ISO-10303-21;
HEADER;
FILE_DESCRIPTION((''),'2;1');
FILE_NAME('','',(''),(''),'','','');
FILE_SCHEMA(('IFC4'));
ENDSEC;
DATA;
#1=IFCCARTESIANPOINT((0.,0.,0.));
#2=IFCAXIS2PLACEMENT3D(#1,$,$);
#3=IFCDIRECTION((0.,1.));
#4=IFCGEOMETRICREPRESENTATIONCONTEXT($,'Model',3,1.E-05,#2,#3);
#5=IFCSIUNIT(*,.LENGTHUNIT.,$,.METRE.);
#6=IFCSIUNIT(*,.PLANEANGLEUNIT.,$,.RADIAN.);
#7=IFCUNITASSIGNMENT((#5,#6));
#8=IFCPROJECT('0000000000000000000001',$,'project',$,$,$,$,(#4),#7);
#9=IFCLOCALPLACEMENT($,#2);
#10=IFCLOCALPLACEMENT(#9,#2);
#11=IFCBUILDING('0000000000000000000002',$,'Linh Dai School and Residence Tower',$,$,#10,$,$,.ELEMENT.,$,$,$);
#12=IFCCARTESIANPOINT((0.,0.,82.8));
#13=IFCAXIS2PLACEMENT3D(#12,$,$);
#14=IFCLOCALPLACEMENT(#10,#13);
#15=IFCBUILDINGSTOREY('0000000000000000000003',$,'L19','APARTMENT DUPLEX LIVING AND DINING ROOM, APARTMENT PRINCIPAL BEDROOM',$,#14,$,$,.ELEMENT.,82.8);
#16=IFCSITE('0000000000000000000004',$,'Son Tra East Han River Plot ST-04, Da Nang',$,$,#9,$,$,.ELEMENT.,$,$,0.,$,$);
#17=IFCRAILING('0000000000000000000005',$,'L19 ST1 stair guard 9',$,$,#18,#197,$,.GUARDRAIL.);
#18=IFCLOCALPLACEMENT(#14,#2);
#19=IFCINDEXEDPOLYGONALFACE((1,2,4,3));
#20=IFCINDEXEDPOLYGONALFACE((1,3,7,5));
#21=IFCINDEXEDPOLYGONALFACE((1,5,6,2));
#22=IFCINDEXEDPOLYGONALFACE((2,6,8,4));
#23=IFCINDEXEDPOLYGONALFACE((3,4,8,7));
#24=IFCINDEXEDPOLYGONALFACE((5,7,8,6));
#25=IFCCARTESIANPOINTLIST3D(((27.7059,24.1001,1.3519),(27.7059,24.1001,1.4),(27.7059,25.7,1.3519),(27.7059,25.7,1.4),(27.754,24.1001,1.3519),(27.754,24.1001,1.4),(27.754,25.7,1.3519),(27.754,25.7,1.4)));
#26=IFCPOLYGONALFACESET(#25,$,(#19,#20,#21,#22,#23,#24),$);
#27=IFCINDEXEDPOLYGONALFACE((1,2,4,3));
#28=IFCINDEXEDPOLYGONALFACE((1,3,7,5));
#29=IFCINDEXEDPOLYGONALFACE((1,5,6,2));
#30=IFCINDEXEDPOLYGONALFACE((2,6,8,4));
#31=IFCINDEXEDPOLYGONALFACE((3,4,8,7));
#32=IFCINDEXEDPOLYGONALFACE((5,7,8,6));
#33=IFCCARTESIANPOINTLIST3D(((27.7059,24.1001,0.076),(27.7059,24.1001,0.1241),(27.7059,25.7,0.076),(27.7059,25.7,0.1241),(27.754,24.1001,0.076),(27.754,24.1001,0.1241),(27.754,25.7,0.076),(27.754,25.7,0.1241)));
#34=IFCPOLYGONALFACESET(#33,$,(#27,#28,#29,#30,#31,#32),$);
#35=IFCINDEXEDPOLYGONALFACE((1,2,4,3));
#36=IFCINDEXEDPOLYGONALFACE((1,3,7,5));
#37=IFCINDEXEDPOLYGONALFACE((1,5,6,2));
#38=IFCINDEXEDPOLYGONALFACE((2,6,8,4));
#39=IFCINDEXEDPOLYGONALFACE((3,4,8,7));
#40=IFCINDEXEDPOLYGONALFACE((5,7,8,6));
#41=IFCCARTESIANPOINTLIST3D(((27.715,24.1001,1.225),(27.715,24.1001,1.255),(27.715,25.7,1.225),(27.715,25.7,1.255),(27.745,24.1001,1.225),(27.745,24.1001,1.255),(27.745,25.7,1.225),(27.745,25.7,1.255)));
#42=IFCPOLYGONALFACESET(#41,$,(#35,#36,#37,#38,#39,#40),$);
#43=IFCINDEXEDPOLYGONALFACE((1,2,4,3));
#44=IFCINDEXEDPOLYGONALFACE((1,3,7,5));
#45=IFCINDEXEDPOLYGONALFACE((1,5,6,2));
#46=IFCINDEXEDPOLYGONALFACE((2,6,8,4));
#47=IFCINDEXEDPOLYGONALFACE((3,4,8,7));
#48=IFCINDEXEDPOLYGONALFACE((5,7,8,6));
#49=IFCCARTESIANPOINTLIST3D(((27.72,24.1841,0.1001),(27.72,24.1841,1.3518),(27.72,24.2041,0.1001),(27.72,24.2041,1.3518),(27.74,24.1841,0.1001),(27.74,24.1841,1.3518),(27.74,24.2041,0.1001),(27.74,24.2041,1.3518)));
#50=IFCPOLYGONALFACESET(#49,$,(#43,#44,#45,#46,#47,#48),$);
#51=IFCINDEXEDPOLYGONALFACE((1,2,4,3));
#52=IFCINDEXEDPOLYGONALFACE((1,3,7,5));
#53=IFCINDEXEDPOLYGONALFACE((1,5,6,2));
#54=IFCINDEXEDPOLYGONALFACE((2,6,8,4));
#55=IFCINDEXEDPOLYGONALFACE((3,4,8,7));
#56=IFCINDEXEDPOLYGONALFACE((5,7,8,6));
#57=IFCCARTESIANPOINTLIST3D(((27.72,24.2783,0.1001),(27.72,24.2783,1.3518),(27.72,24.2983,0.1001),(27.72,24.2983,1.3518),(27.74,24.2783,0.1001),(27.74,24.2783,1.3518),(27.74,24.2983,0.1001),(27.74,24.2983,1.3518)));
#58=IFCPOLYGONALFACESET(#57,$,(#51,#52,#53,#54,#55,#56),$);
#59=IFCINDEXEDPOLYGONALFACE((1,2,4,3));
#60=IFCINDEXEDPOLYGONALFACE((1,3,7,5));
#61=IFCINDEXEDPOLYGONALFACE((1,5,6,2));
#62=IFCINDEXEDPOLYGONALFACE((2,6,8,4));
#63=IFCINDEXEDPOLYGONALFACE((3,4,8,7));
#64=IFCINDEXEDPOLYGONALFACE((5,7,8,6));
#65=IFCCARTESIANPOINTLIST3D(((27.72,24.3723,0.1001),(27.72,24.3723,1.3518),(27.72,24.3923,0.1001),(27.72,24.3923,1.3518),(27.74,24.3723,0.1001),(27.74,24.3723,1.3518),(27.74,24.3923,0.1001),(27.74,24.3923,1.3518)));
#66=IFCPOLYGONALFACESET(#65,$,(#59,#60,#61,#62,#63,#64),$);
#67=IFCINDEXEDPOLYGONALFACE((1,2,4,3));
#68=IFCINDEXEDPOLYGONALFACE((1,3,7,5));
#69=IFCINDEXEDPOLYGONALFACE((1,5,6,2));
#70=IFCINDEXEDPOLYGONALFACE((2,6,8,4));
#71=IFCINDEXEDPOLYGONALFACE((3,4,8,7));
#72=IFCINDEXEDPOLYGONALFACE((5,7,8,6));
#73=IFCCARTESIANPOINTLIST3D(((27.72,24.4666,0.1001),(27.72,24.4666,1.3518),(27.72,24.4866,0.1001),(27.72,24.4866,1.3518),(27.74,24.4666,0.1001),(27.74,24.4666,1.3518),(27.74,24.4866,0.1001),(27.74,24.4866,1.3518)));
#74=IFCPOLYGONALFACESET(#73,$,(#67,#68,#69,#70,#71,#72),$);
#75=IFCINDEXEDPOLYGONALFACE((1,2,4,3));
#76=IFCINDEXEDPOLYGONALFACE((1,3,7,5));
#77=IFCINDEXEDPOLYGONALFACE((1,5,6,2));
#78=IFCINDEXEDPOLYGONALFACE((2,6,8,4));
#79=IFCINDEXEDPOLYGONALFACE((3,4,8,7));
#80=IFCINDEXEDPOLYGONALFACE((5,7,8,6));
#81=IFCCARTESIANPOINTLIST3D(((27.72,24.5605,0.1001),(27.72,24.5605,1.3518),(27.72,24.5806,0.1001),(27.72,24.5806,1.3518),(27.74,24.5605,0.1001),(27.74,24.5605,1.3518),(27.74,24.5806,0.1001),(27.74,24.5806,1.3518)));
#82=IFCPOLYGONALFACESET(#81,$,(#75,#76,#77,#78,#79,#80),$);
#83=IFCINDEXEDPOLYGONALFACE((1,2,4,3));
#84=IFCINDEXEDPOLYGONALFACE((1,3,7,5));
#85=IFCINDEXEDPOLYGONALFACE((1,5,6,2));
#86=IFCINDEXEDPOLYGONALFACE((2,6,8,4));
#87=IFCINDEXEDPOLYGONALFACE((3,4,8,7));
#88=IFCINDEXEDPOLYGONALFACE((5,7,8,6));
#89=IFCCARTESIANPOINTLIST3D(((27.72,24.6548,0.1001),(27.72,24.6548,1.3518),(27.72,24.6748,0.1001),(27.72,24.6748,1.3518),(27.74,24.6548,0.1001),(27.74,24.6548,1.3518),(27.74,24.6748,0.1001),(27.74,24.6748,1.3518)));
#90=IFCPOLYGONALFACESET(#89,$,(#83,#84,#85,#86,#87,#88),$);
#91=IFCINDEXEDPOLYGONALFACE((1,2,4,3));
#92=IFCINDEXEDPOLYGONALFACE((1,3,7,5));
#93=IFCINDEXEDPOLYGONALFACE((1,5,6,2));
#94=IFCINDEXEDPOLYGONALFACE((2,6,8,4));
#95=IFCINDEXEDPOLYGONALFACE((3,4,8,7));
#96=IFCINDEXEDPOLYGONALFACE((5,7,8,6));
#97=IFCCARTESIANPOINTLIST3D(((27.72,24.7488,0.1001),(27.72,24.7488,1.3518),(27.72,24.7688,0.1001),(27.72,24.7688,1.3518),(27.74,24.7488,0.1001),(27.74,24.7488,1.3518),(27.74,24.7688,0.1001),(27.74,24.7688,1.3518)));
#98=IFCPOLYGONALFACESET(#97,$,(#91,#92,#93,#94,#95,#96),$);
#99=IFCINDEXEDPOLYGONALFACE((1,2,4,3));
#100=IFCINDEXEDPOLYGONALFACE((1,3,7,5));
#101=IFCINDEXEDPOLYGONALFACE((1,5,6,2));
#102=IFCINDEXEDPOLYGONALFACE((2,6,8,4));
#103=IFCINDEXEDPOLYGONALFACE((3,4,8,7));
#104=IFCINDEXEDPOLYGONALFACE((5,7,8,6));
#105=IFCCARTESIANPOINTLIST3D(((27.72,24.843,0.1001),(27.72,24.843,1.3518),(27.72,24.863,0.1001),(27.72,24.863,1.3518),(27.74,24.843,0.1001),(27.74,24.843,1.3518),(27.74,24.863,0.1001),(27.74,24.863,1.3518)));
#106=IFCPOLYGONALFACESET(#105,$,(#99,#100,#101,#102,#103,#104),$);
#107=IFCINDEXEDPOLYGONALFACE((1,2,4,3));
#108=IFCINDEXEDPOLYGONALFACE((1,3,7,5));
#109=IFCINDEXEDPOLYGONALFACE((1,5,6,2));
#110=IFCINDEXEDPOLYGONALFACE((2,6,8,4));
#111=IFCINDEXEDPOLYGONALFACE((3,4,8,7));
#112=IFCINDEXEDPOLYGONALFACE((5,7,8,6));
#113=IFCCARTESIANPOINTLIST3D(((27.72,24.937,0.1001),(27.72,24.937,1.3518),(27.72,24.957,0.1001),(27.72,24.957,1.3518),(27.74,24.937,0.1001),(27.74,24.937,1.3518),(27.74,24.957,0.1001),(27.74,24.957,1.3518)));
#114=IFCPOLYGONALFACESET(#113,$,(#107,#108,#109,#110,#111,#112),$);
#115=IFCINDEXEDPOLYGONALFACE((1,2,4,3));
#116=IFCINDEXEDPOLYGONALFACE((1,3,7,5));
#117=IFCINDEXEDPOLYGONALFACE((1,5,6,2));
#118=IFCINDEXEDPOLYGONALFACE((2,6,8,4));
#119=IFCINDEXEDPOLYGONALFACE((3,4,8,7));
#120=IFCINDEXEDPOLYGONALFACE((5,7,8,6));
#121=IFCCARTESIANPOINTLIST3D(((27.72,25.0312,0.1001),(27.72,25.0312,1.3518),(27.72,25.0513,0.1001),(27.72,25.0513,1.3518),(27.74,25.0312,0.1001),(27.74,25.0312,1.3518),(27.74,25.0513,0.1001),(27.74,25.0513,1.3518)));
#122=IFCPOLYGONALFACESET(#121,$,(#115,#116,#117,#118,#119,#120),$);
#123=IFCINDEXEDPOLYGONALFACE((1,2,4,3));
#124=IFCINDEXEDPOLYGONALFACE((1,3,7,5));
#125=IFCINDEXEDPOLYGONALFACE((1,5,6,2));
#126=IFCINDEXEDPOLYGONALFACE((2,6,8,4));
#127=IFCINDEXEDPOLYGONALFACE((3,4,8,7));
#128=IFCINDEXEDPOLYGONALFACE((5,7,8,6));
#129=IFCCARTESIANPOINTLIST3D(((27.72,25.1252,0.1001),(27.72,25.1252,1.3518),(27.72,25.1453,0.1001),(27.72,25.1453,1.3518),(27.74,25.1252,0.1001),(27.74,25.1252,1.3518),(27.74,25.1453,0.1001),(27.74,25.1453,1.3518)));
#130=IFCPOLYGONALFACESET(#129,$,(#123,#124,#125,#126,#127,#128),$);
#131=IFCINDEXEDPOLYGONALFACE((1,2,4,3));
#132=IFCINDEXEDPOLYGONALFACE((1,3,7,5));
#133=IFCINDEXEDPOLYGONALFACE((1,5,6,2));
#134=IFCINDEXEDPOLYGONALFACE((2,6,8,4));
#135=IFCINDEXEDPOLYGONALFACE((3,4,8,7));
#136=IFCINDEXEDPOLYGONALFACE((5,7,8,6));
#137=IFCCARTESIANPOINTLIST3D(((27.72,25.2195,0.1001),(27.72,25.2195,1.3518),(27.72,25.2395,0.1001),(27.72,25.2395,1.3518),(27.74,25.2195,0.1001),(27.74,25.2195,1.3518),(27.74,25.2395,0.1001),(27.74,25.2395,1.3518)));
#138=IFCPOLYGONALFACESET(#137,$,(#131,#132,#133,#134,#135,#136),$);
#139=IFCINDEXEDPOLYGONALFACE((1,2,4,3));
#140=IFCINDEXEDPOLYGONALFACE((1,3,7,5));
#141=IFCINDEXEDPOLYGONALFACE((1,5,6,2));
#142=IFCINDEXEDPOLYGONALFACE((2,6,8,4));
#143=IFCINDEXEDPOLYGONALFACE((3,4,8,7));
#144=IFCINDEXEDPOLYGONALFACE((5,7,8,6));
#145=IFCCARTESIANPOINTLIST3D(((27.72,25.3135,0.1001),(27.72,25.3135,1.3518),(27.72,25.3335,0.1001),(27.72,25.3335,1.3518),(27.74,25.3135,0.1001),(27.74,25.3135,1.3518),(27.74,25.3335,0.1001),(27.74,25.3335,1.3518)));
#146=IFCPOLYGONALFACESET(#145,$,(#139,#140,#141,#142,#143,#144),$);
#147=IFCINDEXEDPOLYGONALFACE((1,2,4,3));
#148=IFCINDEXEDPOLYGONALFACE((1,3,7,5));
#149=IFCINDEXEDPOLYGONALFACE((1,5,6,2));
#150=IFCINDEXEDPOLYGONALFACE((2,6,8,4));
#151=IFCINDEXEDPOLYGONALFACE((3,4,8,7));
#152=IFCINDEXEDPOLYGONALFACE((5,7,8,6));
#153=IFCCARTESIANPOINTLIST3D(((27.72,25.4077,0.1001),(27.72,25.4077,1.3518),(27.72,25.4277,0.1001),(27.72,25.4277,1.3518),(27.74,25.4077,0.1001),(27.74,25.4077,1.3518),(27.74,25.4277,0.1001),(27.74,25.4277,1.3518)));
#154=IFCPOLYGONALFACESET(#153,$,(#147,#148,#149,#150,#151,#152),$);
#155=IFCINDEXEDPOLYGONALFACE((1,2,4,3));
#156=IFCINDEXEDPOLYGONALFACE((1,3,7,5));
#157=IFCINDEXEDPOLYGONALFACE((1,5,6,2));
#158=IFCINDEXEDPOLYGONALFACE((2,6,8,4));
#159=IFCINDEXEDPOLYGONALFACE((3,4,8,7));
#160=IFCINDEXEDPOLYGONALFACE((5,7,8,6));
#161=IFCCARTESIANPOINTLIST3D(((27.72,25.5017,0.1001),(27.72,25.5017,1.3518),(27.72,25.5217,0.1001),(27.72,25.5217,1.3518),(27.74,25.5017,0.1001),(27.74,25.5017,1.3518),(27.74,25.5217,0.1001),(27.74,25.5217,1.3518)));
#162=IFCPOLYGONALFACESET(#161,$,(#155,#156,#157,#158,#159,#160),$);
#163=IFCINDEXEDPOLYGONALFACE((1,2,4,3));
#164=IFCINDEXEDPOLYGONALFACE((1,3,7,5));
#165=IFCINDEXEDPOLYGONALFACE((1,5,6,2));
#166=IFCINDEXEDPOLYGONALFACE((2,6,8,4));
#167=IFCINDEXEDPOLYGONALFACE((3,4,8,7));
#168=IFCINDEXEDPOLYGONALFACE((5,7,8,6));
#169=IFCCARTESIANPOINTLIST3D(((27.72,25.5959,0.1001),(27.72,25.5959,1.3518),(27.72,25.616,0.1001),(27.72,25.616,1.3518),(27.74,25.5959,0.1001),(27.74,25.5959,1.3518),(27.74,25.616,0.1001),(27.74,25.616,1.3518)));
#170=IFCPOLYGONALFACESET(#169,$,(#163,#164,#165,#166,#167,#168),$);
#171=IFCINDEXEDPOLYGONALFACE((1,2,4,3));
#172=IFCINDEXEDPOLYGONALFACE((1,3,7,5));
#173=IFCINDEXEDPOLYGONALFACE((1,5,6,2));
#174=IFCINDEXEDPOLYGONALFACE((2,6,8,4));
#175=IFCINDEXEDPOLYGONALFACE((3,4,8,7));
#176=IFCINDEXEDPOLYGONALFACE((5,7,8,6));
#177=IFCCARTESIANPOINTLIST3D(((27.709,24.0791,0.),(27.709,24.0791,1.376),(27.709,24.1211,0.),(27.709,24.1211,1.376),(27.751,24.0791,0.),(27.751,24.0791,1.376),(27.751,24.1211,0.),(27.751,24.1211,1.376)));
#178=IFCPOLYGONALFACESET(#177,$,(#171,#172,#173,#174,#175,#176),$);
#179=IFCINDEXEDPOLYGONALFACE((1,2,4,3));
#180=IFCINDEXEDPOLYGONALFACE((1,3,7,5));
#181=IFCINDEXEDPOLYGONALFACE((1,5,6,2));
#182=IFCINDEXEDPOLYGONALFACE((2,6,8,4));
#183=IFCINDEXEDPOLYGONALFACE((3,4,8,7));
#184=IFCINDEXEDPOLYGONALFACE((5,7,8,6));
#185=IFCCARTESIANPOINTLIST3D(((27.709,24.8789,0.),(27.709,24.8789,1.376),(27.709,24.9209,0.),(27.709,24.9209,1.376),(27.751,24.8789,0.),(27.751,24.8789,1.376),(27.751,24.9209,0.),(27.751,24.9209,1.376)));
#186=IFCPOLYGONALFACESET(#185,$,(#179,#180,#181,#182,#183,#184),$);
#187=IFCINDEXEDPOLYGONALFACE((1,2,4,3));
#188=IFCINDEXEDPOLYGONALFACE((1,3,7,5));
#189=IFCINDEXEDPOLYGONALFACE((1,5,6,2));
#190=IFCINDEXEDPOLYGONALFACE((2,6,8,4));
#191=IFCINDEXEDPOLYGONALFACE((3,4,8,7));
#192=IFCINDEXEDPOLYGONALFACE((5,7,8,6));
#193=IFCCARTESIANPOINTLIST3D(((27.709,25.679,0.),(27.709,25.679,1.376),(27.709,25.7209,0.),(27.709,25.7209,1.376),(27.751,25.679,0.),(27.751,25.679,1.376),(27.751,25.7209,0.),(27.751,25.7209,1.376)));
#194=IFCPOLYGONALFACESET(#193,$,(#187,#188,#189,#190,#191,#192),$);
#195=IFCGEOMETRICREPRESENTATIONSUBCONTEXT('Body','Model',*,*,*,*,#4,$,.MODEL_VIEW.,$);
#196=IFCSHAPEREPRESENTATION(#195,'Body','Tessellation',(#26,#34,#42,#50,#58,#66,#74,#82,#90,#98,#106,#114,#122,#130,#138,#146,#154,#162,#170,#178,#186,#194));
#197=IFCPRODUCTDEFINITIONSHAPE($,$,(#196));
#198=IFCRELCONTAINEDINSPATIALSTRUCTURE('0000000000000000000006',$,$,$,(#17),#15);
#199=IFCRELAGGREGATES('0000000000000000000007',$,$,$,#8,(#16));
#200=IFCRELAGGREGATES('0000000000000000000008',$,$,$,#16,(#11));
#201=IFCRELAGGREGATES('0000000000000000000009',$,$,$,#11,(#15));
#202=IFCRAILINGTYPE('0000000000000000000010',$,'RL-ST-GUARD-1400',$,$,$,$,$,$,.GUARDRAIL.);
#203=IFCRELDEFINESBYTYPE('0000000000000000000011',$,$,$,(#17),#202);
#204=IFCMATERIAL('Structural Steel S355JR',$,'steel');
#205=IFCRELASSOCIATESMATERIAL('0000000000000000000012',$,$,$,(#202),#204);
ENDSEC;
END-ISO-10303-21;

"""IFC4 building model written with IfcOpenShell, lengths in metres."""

from ifc_helpers import new_model, si_unit, direction, frame, origin, origin_2d, place, context, subcontext, project, spatial, rectangle, extrude, source, transform, mapped, material, type_object, element, save


model = new_model("IFC4")

# Units and contexts
model_context = context("Model", 3, precision=1e-05, world=origin(), true_north=direction((0.0, 1.0)))
body_context = subcontext(model_context, "Body", "Model", "MODEL_VIEW")
ifc_project = project(units=[si_unit("LENGTHUNIT", "METRE"), si_unit("PLANEANGLEUNIT", "RADIAN")], contexts=[model_context])

# Site, building, storey
site_placement = place(None, origin())
site = spatial("IfcSite", under=ifc_project, at=site_placement, Name="Son Tra East Han River Plot ST-04, Da Nang", CompositionType="ELEMENT", RefElevation=0.0)
building_placement = place(site_placement, origin())
building = spatial("IfcBuilding", under=site, at=building_placement, Name="Linh Dai School and Residence Tower", CompositionType="ELEMENT")
storey_placement = place(building_placement, frame((0.0, 0.0, 82.8)))
storey = spatial("IfcBuildingStorey", under=building, at=storey_placement, Name="L19", Description="APARTMENT DUPLEX LIVING AND DINING ROOM, APARTMENT PRINCIPAL BEDROOM", CompositionType="ELEMENT", Elevation=82.8)

# Shared definitions
ifc_material_1 = material(Name="Structural Steel S355JR", Category="steel")

# Railing
railing_type_1 = type_object("IfcRailingType", Name="RL-ST-GUARD-1400", PredefinedType="GUARDRAIL", material=ifc_material_1)
shared_shape_1 = source(origin(), body_context, "Body", "SweptSolid", [
    extrude(rectangle(XDim=0.0481, YDim=0.0481, at=origin_2d()), frame((0.0, 0.0, 1.376), z_axis=(0.0, 1.0, 0.0), x_axis=(-1.0, 0.0, 0.0)), (0.0, 0.0, 1.0), 1.5999),
    extrude(rectangle(XDim=0.0481, YDim=0.0481, at=origin_2d()), frame((0.0, 0.0, 0.1001), z_axis=(0.0, 1.0, 0.0), x_axis=(-1.0, 0.0, 0.0)), (0.0, 0.0, 1.0), 1.5999),
    extrude(rectangle(XDim=0.03, YDim=0.03, at=origin_2d()), frame((0.0, 0.0, 1.24), z_axis=(0.0, 1.0, 0.0), x_axis=(-1.0, 0.0, 0.0)), (0.0, 0.0, 1.0), 1.5999),
    extrude(rectangle(XDim=0.02, YDim=0.02, at=origin_2d()), frame((0.0, 0.094, 0.1001)), (0.0, 0.0, 1.0), 1.2517),
    extrude(rectangle(XDim=0.02, YDim=0.02, at=origin_2d()), frame((0.0, 0.1882, 0.1001)), (0.0, 0.0, 1.0), 1.2517),
    extrude(rectangle(XDim=0.02, YDim=0.02, at=origin_2d()), frame((0.0, 0.2822, 0.1001)), (0.0, 0.0, 1.0), 1.2517),
    extrude(rectangle(XDim=0.02, YDim=0.02, at=origin_2d()), frame((0.0, 0.3765, 0.1001)), (0.0, 0.0, 1.0), 1.2517),
    extrude(rectangle(XDim=0.02, YDim=0.02, at=origin_2d()), frame((0.0, 0.4705, 0.1001)), (0.0, 0.0, 1.0), 1.2517),
    extrude(rectangle(XDim=0.02, YDim=0.02, at=origin_2d()), frame((0.0, 0.5647, 0.1001)), (0.0, 0.0, 1.0), 1.2517),
    extrude(rectangle(XDim=0.02, YDim=0.02, at=origin_2d()), frame((0.0, 0.6587, 0.1001)), (0.0, 0.0, 1.0), 1.2517),
    extrude(rectangle(XDim=0.02, YDim=0.02, at=origin_2d()), frame((0.0, 0.7529, 0.1001)), (0.0, 0.0, 1.0), 1.2517),
    extrude(rectangle(XDim=0.02, YDim=0.02, at=origin_2d()), frame((0.0, 0.8469, 0.1001)), (0.0, 0.0, 1.0), 1.2517),
    extrude(rectangle(XDim=0.02, YDim=0.02, at=origin_2d()), frame((0.0, 0.9412, 0.1001)), (0.0, 0.0, 1.0), 1.2517),
    extrude(rectangle(XDim=0.02, YDim=0.02, at=origin_2d()), frame((0.0, 1.0352, 0.1001)), (0.0, 0.0, 1.0), 1.2517),
    extrude(rectangle(XDim=0.02, YDim=0.02, at=origin_2d()), frame((0.0, 1.1294, 0.1001)), (0.0, 0.0, 1.0), 1.2517),
    extrude(rectangle(XDim=0.02, YDim=0.02, at=origin_2d()), frame((0.0, 1.2234, 0.1001)), (0.0, 0.0, 1.0), 1.2517),
    extrude(rectangle(XDim=0.02, YDim=0.02, at=origin_2d()), frame((0.0, 1.3176, 0.1001)), (0.0, 0.0, 1.0), 1.2517),
    extrude(rectangle(XDim=0.02, YDim=0.02, at=origin_2d()), frame((0.0, 1.4116, 0.1001)), (0.0, 0.0, 1.0), 1.2517),
    extrude(rectangle(XDim=0.02, YDim=0.02, at=origin_2d()), frame((0.0, 1.5059, 0.1001)), (0.0, 0.0, 1.0), 1.2517),
    extrude(rectangle(XDim=0.042, YDim=0.042, at=origin_2d()), origin(), (0.0, 0.0, 1.0), 1.376),
    extrude(rectangle(XDim=0.042, YDim=0.042, at=origin_2d()), frame((0.0, 0.7998, 0.0)), (0.0, 0.0, 1.0), 1.376),
    extrude(rectangle(XDim=0.042, YDim=0.042, at=origin_2d()), frame((0.0, 1.5999, 0.0)), (0.0, 0.0, 1.0), 1.376),
])
for number, where, name in (
    (1, (27.73, 24.1001, 0.0), "L19 ST1 stair guard 9"),
):
    element("IfcRailing", number, at=place(storey_placement, frame(where)), inside=storey, type_object=railing_type_1, Name=name, PredefinedType="GUARDRAIL", context=body_context, shape_type="MappedRepresentation", body=[
        mapped(shared_shape_1, transform((0.0, 0.0, 0.0), x_axis=(1.0, 0.0, 0.0), y_axis=(0.0, 1.0, 0.0), z_axis=(0.0, 0.0, 1.0), scale=1.0)),
    ])

save(model, "model.ifc")
